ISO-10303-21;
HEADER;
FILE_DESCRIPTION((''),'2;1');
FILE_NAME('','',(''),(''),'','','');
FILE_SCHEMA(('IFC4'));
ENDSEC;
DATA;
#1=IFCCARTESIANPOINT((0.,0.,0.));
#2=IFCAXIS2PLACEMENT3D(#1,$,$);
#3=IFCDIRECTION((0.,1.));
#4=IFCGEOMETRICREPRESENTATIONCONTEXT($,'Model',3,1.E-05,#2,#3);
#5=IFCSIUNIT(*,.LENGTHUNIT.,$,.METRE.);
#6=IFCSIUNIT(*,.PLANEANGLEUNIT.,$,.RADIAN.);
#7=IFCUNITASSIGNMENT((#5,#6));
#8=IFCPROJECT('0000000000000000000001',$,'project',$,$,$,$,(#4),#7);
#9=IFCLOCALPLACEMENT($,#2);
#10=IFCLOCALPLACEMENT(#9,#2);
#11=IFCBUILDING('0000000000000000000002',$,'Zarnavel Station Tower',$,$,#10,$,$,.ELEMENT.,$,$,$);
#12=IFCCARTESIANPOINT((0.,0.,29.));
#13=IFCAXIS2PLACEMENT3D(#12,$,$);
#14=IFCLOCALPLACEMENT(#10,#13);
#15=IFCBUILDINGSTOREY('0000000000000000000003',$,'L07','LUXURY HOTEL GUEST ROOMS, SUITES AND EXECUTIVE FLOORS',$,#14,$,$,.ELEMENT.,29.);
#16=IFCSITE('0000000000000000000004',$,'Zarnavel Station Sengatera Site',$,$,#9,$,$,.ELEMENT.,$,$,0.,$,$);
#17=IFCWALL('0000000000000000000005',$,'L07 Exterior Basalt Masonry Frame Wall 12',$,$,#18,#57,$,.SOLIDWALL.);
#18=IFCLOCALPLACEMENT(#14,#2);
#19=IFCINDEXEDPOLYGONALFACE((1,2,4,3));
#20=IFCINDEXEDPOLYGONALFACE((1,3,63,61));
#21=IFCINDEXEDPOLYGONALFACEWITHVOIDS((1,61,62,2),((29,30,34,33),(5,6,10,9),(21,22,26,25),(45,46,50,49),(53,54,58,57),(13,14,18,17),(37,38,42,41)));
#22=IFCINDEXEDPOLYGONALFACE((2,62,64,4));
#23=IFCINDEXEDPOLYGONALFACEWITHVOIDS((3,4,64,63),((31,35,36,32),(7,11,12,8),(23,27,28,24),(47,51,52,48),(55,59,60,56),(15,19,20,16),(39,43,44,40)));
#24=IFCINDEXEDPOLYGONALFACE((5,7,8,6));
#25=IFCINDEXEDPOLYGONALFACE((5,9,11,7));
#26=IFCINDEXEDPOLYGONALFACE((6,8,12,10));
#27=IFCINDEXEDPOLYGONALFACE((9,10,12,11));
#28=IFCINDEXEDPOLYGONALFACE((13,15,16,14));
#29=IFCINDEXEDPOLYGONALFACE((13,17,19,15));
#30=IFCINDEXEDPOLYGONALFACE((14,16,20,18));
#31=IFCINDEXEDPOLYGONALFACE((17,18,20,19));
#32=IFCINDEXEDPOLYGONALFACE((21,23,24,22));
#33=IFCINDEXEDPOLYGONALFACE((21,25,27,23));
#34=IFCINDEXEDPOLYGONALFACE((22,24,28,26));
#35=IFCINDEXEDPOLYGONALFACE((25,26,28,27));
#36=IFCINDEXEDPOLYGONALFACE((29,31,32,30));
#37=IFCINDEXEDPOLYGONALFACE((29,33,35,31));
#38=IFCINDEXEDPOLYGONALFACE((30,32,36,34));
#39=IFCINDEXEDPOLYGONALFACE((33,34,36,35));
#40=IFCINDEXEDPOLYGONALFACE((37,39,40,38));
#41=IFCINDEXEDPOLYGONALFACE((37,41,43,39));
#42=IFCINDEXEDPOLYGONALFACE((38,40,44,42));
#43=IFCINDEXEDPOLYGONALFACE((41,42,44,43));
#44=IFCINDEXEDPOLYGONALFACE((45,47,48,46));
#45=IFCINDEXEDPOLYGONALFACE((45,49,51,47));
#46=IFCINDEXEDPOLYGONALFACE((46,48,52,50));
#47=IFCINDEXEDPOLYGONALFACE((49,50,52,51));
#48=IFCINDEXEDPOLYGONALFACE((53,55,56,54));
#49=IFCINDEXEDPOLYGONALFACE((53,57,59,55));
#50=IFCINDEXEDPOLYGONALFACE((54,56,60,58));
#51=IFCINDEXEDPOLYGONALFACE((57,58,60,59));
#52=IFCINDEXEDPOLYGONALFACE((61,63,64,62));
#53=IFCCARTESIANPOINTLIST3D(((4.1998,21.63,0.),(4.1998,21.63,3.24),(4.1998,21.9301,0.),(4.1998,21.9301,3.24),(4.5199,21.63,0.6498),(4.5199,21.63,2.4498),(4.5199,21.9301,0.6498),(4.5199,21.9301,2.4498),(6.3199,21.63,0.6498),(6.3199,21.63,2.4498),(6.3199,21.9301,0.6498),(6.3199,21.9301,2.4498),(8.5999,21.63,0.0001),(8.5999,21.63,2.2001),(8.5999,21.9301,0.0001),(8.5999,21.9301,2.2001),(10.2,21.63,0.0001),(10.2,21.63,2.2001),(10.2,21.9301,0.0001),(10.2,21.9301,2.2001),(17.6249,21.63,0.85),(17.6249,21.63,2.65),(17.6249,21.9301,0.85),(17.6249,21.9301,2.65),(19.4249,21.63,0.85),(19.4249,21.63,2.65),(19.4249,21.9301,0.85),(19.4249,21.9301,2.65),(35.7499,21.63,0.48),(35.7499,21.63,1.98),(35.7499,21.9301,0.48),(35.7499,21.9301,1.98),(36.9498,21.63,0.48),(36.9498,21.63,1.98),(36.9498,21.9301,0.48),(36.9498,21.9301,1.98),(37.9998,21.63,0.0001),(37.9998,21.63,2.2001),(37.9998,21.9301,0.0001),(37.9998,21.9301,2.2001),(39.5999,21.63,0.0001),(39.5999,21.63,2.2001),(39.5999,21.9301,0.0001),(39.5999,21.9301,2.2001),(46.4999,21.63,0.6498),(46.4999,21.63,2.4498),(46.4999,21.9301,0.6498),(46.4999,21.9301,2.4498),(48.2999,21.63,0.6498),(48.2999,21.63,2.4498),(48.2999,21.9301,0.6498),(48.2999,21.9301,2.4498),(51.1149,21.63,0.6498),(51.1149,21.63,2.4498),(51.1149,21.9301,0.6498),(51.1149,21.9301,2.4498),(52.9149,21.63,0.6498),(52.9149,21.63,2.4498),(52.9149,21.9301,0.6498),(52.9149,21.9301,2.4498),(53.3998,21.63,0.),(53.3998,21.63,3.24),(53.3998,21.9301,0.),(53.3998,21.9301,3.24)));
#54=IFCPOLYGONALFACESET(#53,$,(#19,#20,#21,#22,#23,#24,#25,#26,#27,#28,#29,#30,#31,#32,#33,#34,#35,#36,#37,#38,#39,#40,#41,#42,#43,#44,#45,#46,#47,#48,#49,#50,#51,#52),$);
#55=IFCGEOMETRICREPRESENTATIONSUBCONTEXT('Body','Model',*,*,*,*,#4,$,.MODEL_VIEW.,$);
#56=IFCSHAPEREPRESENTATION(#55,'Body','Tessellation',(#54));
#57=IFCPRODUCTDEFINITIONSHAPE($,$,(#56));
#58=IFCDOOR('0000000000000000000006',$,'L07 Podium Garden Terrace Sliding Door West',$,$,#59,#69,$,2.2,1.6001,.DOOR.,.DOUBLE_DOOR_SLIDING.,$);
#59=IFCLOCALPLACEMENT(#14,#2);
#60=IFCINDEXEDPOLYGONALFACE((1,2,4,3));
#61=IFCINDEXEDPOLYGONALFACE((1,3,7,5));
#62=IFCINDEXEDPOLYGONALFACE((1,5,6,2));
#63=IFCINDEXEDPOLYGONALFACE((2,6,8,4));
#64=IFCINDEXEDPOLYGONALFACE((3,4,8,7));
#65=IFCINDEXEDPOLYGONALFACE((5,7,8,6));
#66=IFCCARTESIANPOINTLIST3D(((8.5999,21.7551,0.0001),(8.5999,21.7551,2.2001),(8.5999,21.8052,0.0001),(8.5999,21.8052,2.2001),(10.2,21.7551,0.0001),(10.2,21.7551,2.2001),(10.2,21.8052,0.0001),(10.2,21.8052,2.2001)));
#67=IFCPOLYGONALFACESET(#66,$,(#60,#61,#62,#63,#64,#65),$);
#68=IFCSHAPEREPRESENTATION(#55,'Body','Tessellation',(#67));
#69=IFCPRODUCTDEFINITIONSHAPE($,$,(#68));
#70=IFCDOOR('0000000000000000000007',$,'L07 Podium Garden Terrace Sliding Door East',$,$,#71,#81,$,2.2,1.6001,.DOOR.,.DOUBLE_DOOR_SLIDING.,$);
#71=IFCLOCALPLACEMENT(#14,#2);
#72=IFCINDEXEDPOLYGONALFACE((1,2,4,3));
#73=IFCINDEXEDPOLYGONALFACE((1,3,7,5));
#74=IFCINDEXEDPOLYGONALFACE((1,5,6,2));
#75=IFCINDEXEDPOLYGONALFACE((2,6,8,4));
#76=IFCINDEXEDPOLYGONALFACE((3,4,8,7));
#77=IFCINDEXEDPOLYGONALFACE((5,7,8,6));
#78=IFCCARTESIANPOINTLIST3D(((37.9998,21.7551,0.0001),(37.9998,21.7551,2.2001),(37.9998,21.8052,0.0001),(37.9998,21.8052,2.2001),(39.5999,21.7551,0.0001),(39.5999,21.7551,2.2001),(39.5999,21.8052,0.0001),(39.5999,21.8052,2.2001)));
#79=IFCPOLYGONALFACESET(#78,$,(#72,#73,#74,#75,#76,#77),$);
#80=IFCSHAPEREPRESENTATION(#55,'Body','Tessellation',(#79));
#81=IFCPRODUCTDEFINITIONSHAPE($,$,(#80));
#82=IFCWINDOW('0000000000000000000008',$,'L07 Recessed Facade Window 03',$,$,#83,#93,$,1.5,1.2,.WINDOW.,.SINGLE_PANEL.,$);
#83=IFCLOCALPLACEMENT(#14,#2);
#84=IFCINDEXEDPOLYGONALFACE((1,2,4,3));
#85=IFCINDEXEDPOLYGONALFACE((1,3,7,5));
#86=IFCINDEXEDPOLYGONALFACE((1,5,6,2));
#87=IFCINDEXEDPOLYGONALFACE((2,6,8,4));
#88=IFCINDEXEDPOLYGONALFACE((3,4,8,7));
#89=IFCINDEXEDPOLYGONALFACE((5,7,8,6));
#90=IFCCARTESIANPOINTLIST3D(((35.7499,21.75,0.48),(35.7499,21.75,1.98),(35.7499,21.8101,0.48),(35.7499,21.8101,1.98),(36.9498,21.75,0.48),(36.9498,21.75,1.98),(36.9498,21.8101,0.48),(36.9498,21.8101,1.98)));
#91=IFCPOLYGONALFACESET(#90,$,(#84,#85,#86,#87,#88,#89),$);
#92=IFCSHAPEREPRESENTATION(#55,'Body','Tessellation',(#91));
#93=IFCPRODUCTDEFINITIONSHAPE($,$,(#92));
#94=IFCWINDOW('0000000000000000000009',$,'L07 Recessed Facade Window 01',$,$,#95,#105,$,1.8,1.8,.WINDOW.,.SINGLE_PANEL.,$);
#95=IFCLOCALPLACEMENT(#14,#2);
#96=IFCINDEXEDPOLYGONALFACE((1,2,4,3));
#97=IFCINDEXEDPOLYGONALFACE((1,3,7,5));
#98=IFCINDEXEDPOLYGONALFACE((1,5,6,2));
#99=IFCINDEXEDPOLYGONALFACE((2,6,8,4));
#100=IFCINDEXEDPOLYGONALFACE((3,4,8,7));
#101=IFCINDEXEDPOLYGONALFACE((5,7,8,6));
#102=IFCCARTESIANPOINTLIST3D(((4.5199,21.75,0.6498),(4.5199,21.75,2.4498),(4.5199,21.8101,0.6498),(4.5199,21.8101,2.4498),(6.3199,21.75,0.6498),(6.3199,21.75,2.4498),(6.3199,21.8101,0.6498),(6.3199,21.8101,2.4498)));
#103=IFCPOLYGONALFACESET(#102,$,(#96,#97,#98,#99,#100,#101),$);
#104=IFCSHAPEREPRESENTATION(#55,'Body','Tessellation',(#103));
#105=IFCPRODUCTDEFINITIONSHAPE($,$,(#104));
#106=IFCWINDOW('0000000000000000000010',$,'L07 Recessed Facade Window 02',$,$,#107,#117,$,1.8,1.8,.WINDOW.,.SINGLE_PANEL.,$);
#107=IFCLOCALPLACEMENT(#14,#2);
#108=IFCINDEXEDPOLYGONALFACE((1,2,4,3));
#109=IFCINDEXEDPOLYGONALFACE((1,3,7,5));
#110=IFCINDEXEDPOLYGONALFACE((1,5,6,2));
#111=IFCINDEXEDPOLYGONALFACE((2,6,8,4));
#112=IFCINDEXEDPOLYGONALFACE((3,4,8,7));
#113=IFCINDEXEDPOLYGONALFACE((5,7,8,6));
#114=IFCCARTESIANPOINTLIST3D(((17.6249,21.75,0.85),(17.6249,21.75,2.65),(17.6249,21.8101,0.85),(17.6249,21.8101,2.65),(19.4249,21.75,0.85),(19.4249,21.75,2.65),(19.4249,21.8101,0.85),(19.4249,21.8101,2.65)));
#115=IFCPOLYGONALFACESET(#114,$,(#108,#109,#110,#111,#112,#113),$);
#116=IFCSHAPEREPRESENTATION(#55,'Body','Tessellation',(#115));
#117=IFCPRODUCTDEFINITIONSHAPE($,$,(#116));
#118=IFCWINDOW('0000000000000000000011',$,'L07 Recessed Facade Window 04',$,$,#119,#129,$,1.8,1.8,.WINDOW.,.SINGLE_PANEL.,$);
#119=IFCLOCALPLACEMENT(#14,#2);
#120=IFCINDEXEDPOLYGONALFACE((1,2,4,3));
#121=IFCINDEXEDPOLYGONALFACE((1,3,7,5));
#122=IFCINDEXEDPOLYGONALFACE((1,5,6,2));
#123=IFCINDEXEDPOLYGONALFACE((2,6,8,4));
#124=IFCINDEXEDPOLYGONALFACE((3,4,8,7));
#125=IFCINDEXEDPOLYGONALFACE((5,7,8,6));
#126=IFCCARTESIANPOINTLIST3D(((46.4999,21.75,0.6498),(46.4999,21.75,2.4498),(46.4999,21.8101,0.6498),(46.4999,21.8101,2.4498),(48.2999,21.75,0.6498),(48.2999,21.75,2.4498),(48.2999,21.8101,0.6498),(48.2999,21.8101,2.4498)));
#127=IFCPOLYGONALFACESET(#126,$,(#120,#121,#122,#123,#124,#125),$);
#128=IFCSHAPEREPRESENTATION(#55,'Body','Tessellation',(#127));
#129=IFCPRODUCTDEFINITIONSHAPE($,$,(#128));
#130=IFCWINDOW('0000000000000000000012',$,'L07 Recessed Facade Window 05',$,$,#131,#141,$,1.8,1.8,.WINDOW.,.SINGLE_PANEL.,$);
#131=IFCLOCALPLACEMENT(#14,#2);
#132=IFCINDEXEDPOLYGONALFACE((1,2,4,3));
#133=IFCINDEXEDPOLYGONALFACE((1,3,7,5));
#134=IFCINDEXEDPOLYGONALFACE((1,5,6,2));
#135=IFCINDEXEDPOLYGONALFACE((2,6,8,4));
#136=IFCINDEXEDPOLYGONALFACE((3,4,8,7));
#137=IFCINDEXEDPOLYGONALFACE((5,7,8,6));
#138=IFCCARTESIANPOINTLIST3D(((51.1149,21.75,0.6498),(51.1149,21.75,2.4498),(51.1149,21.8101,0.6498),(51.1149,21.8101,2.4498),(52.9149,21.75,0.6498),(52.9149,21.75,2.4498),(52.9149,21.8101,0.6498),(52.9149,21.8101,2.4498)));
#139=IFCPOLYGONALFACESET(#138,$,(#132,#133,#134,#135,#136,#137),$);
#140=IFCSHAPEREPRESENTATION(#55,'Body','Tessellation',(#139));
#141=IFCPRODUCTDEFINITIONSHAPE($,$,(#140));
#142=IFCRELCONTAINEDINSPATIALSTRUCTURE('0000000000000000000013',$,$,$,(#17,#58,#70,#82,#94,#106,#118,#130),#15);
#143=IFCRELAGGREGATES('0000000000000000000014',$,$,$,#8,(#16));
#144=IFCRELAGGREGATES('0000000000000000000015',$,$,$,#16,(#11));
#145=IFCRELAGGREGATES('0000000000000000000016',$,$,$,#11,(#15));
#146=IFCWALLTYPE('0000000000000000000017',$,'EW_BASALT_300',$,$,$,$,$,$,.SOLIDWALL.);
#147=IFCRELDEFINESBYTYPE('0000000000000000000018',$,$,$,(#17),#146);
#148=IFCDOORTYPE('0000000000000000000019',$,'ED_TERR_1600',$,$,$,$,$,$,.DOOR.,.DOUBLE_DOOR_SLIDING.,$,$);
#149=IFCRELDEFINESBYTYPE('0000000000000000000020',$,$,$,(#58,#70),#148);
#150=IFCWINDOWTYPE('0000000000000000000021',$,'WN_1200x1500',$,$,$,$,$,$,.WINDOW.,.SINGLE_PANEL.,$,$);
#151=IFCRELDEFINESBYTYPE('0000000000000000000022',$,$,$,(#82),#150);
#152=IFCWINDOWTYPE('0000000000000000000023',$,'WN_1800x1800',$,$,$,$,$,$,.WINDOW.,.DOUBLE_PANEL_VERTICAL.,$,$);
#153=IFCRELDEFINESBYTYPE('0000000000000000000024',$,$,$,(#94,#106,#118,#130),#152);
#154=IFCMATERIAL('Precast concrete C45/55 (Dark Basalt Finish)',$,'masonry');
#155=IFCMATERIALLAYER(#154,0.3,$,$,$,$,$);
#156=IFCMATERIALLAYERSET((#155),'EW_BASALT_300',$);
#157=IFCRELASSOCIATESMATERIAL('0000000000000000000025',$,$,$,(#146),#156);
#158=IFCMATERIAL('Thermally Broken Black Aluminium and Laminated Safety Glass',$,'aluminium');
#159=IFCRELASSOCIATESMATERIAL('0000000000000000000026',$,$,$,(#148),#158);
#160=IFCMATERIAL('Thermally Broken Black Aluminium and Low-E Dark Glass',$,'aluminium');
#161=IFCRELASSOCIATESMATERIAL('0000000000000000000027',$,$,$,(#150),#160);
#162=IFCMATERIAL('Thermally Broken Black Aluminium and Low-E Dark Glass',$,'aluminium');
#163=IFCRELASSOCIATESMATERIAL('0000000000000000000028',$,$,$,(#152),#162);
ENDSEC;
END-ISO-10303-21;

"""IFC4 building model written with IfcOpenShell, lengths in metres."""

from ifc_helpers import new_model, si_unit, direction, frame, frame_2d, origin, place, context, subcontext, project, spatial, rectangle, extrude, material, layer, layer_set, type_object, element, fill, save


model = new_model("IFC4")

# Units and contexts
model_context = context("Model", 3, precision=1e-05, world=origin(), true_north=direction((0.0, 1.0)))
body_context = subcontext(model_context, "Body", "Model", "MODEL_VIEW")
ifc_project = project(units=[si_unit("LENGTHUNIT", "METRE"), si_unit("PLANEANGLEUNIT", "RADIAN")], contexts=[model_context])

# Site, building, storey
site_placement = place(None, origin())
site = spatial("IfcSite", under=ifc_project, at=site_placement, Name="Zarnavel Station Sengatera Site", CompositionType="ELEMENT", RefElevation=0.0)
building_placement = place(site_placement, origin())
building = spatial("IfcBuilding", under=site, at=building_placement, Name="Zarnavel Station Tower", CompositionType="ELEMENT")
storey_placement = place(building_placement, frame((0.0, 0.0, 29.0)))
storey = spatial("IfcBuildingStorey", under=building, at=storey_placement, Name="L07", Description="LUXURY HOTEL GUEST ROOMS, SUITES AND EXECUTIVE FLOORS", CompositionType="ELEMENT", Elevation=29.0)

# Shared definitions
ifc_material_1 = material(Name="Precast concrete C45/55 (Dark Basalt Finish)", Category="masonry")
ifc_layer_1 = layer(ifc_material_1, 0.3)
ifc_layer_set_1 = layer_set([ifc_layer_1], Name="EW_BASALT_300")
wall_type_1 = type_object("IfcWallType", Name="EW_BASALT_300", PredefinedType="SOLIDWALL", material=ifc_layer_set_1)

# Wall, openings, doors, windows
wall_1_placement = place(storey_placement, frame((53.3999, 21.78, 0.0), z_axis=(0.0, 0.0, 1.0), x_axis=(-1.0, 0.0, 0.0)))
wall_1 = element("IfcWall", 1, at=wall_1_placement, inside=storey, type_object=wall_type_1, Name="L07 Exterior Basalt Masonry Frame Wall 12", PredefinedType="SOLIDWALL", context=body_context, shape_type="SweptSolid", body=[
    extrude(rectangle(XDim=49.2, YDim=0.3, at=frame_2d((24.6001, 0.0))), origin(), (0.0, 0.0, 1.0), 3.24),
])
opening_1_placement = place(wall_1_placement, frame((43.2, 0.0, 0.0)))
opening_1 = element("IfcOpeningElement", 2, at=opening_1_placement, cuts=wall_1, PredefinedType="OPENING", context=body_context, shape_type="SweptSolid", body=[
    extrude(rectangle(XDim=1.6001, YDim=2.2, at=frame_2d((0.8, 1.1001))), frame((0.0, 0.1599, 0.0), z_axis=(0.0, -1.0, 0.0), x_axis=(1.0, 0.0, 0.0)), (0.0, 0.0, 1.0), 0.3201),
])
opening_2_placement = place(wall_1_placement, frame((13.8, 0.0, 0.0)))
opening_2 = element("IfcOpeningElement", 3, at=opening_2_placement, cuts=wall_1, PredefinedType="OPENING", context=body_context, shape_type="SweptSolid", body=[
    extrude(rectangle(XDim=1.6001, YDim=2.2, at=frame_2d((0.8, 1.1001))), frame((0.0, 0.1599, 0.0), z_axis=(0.0, -1.0, 0.0), x_axis=(1.0, 0.0, 0.0)), (0.0, 0.0, 1.0), 0.3201),
])
opening_3_placement = place(wall_1_placement, frame((47.0801, 0.0, 0.6499)))
opening_3 = element("IfcOpeningElement", 4, at=opening_3_placement, cuts=wall_1, PredefinedType="OPENING", context=body_context, shape_type="SweptSolid", body=[
    extrude(rectangle(XDim=1.8, YDim=1.8, at=frame_2d((0.8999, 0.8999))), frame((0.0, 0.1599, 0.0), z_axis=(0.0, -1.0, 0.0), x_axis=(1.0, 0.0, 0.0)), (0.0, 0.0, 1.0), 0.3201),
])
opening_4_placement = place(wall_1_placement, frame((33.9751, 0.0, 0.8501)))
opening_4 = element("IfcOpeningElement", 5, at=opening_4_placement, cuts=wall_1, PredefinedType="OPENING", context=body_context, shape_type="SweptSolid", body=[
    extrude(rectangle(XDim=1.8, YDim=1.8, at=frame_2d((0.8999, 0.8999))), frame((0.0, 0.1599, 0.0), z_axis=(0.0, -1.0, 0.0), x_axis=(1.0, 0.0, 0.0)), (0.0, 0.0, 1.0), 0.3201),
])
opening_5_placement = place(wall_1_placement, frame((16.45, 0.0, 0.48)))
opening_5 = element("IfcOpeningElement", 6, at=opening_5_placement, cuts=wall_1, PredefinedType="OPENING", context=body_context, shape_type="SweptSolid", body=[
    extrude(rectangle(XDim=1.2, YDim=1.5, at=frame_2d((0.6001, 0.75))), frame((0.0, 0.1599, 0.0), z_axis=(0.0, -1.0, 0.0), x_axis=(1.0, 0.0, 0.0)), (0.0, 0.0, 1.0), 0.3201),
])
opening_6_placement = place(wall_1_placement, frame((5.1001, 0.0, 0.6499)))
opening_6 = element("IfcOpeningElement", 7, at=opening_6_placement, cuts=wall_1, PredefinedType="OPENING", context=body_context, shape_type="SweptSolid", body=[
    extrude(rectangle(XDim=1.8, YDim=1.8, at=frame_2d((0.8999, 0.8999))), frame((0.0, 0.1599, 0.0), z_axis=(0.0, -1.0, 0.0), x_axis=(1.0, 0.0, 0.0)), (0.0, 0.0, 1.0), 0.3201),
])
opening_7_placement = place(wall_1_placement, frame((0.4851, 0.0, 0.6499)))
opening_7 = element("IfcOpeningElement", 8, at=opening_7_placement, cuts=wall_1, PredefinedType="OPENING", context=body_context, shape_type="SweptSolid", body=[
    extrude(rectangle(XDim=1.8, YDim=1.8, at=frame_2d((0.8999, 0.8999))), frame((0.0, 0.1599, 0.0), z_axis=(0.0, -1.0, 0.0), x_axis=(1.0, 0.0, 0.0)), (0.0, 0.0, 1.0), 0.3201),
])
ifc_material_2 = material(Name="Thermally Broken Black Aluminium and Laminated Safety Glass", Category="aluminium")
door_type_1 = type_object("IfcDoorType", Name="ED_TERR_1600", OperationType="DOUBLE_DOOR_SLIDING", PredefinedType="DOOR", material=ifc_material_2)
door_1_placement = place(opening_1_placement, origin())
door_1 = element("IfcDoor", 9, at=door_1_placement, inside=storey, type_object=door_type_1, Name="L07 Podium Garden Terrace Sliding Door West", OperationType="DOUBLE_DOOR_SLIDING", OverallHeight=2.2, OverallWidth=1.6001, PredefinedType="DOOR", context=body_context, shape_type="SweptSolid", body=[
    extrude(rectangle(XDim=1.6001, YDim=2.2, at=frame_2d((0.8, 1.1001))), frame((0.0, 0.0249, 0.0), z_axis=(0.0, -1.0, 0.0), x_axis=(1.0, 0.0, 0.0)), (0.0, 0.0, 1.0), 0.05),
])
fill(opening_1, door_1)
door_2_placement = place(opening_2_placement, origin())
door_2 = element("IfcDoor", 10, at=door_2_placement, inside=storey, type_object=door_type_1, Name="L07 Podium Garden Terrace Sliding Door East", OperationType="DOUBLE_DOOR_SLIDING", OverallHeight=2.2, OverallWidth=1.6001, PredefinedType="DOOR", context=body_context, shape_type="SweptSolid", body=[
    extrude(rectangle(XDim=1.6001, YDim=2.2, at=frame_2d((0.8, 1.1001))), frame((0.0, 0.0249, 0.0), z_axis=(0.0, -1.0, 0.0), x_axis=(1.0, 0.0, 0.0)), (0.0, 0.0, 1.0), 0.05),
])
fill(opening_2, door_2)
ifc_material_3 = material(Name="Thermally Broken Black Aluminium and Low-E Dark Glass", Category="aluminium")
window_type_1 = type_object("IfcWindowType", Name="WN_1200x1500", PartitioningType="SINGLE_PANEL", PredefinedType="WINDOW", material=ifc_material_3)
window_1_placement = place(opening_5_placement, origin())
window_1 = element("IfcWindow", 11, at=window_1_placement, inside=storey, type_object=window_type_1, Name="L07 Recessed Facade Window 03", OverallHeight=1.5, OverallWidth=1.2, PartitioningType="SINGLE_PANEL", PredefinedType="WINDOW", context=body_context, shape_type="SweptSolid", body=[
    extrude(rectangle(XDim=1.2, YDim=1.5, at=frame_2d((0.6001, 0.75))), frame((0.0, 0.03, 0.0), z_axis=(0.0, -1.0, 0.0), x_axis=(1.0, 0.0, 0.0)), (0.0, 0.0, 1.0), 0.0601),
])
fill(opening_5, window_1)
ifc_material_4 = material(Name="Thermally Broken Black Aluminium and Low-E Dark Glass", Category="aluminium")
window_type_2 = type_object("IfcWindowType", Name="WN_1800x1800", PartitioningType="DOUBLE_PANEL_VERTICAL", PredefinedType="WINDOW", material=ifc_material_4)
window_2_placement = place(opening_3_placement, origin())
window_2 = element("IfcWindow", 12, at=window_2_placement, inside=storey, type_object=window_type_2, Name="L07 Recessed Facade Window 01", OverallHeight=1.8, OverallWidth=1.8, PartitioningType="SINGLE_PANEL", PredefinedType="WINDOW", context=body_context, shape_type="SweptSolid", body=[
    extrude(rectangle(XDim=1.8, YDim=1.8, at=frame_2d((0.8999, 0.8999))), frame((0.0, 0.03, 0.0), z_axis=(0.0, -1.0, 0.0), x_axis=(1.0, 0.0, 0.0)), (0.0, 0.0, 1.0), 0.0601),
])
fill(opening_3, window_2)
window_3_placement = place(opening_4_placement, origin())
window_3 = element("IfcWindow", 13, at=window_3_placement, inside=storey, type_object=window_type_2, Name="L07 Recessed Facade Window 02", OverallHeight=1.8, OverallWidth=1.8, PartitioningType="SINGLE_PANEL", PredefinedType="WINDOW", context=body_context, shape_type="SweptSolid", body=[
    extrude(rectangle(XDim=1.8, YDim=1.8, at=frame_2d((0.8999, 0.8999))), frame((0.0, 0.03, 0.0), z_axis=(0.0, -1.0, 0.0), x_axis=(1.0, 0.0, 0.0)), (0.0, 0.0, 1.0), 0.0601),
])
fill(opening_4, window_3)
window_4_placement = place(opening_6_placement, origin())
window_4 = element("IfcWindow", 14, at=window_4_placement, inside=storey, type_object=window_type_2, Name="L07 Recessed Facade Window 04", OverallHeight=1.8, OverallWidth=1.8, PartitioningType="SINGLE_PANEL", PredefinedType="WINDOW", context=body_context, shape_type="SweptSolid", body=[
    extrude(rectangle(XDim=1.8, YDim=1.8, at=frame_2d((0.8999, 0.8999))), frame((0.0, 0.03, 0.0), z_axis=(0.0, -1.0, 0.0), x_axis=(1.0, 0.0, 0.0)), (0.0, 0.0, 1.0), 0.0601),
])
fill(opening_6, window_4)
window_5_placement = place(opening_7_placement, origin())
window_5 = element("IfcWindow", 15, at=window_5_placement, inside=storey, type_object=window_type_2, Name="L07 Recessed Facade Window 05", OverallHeight=1.8, OverallWidth=1.8, PartitioningType="SINGLE_PANEL", PredefinedType="WINDOW", context=body_context, shape_type="SweptSolid", body=[
    extrude(rectangle(XDim=1.8, YDim=1.8, at=frame_2d((0.8999, 0.8999))), frame((0.0, 0.03, 0.0), z_axis=(0.0, -1.0, 0.0), x_axis=(1.0, 0.0, 0.0)), (0.0, 0.0, 1.0), 0.0601),
])
fill(opening_7, window_5)

save(model, "model.ifc")
